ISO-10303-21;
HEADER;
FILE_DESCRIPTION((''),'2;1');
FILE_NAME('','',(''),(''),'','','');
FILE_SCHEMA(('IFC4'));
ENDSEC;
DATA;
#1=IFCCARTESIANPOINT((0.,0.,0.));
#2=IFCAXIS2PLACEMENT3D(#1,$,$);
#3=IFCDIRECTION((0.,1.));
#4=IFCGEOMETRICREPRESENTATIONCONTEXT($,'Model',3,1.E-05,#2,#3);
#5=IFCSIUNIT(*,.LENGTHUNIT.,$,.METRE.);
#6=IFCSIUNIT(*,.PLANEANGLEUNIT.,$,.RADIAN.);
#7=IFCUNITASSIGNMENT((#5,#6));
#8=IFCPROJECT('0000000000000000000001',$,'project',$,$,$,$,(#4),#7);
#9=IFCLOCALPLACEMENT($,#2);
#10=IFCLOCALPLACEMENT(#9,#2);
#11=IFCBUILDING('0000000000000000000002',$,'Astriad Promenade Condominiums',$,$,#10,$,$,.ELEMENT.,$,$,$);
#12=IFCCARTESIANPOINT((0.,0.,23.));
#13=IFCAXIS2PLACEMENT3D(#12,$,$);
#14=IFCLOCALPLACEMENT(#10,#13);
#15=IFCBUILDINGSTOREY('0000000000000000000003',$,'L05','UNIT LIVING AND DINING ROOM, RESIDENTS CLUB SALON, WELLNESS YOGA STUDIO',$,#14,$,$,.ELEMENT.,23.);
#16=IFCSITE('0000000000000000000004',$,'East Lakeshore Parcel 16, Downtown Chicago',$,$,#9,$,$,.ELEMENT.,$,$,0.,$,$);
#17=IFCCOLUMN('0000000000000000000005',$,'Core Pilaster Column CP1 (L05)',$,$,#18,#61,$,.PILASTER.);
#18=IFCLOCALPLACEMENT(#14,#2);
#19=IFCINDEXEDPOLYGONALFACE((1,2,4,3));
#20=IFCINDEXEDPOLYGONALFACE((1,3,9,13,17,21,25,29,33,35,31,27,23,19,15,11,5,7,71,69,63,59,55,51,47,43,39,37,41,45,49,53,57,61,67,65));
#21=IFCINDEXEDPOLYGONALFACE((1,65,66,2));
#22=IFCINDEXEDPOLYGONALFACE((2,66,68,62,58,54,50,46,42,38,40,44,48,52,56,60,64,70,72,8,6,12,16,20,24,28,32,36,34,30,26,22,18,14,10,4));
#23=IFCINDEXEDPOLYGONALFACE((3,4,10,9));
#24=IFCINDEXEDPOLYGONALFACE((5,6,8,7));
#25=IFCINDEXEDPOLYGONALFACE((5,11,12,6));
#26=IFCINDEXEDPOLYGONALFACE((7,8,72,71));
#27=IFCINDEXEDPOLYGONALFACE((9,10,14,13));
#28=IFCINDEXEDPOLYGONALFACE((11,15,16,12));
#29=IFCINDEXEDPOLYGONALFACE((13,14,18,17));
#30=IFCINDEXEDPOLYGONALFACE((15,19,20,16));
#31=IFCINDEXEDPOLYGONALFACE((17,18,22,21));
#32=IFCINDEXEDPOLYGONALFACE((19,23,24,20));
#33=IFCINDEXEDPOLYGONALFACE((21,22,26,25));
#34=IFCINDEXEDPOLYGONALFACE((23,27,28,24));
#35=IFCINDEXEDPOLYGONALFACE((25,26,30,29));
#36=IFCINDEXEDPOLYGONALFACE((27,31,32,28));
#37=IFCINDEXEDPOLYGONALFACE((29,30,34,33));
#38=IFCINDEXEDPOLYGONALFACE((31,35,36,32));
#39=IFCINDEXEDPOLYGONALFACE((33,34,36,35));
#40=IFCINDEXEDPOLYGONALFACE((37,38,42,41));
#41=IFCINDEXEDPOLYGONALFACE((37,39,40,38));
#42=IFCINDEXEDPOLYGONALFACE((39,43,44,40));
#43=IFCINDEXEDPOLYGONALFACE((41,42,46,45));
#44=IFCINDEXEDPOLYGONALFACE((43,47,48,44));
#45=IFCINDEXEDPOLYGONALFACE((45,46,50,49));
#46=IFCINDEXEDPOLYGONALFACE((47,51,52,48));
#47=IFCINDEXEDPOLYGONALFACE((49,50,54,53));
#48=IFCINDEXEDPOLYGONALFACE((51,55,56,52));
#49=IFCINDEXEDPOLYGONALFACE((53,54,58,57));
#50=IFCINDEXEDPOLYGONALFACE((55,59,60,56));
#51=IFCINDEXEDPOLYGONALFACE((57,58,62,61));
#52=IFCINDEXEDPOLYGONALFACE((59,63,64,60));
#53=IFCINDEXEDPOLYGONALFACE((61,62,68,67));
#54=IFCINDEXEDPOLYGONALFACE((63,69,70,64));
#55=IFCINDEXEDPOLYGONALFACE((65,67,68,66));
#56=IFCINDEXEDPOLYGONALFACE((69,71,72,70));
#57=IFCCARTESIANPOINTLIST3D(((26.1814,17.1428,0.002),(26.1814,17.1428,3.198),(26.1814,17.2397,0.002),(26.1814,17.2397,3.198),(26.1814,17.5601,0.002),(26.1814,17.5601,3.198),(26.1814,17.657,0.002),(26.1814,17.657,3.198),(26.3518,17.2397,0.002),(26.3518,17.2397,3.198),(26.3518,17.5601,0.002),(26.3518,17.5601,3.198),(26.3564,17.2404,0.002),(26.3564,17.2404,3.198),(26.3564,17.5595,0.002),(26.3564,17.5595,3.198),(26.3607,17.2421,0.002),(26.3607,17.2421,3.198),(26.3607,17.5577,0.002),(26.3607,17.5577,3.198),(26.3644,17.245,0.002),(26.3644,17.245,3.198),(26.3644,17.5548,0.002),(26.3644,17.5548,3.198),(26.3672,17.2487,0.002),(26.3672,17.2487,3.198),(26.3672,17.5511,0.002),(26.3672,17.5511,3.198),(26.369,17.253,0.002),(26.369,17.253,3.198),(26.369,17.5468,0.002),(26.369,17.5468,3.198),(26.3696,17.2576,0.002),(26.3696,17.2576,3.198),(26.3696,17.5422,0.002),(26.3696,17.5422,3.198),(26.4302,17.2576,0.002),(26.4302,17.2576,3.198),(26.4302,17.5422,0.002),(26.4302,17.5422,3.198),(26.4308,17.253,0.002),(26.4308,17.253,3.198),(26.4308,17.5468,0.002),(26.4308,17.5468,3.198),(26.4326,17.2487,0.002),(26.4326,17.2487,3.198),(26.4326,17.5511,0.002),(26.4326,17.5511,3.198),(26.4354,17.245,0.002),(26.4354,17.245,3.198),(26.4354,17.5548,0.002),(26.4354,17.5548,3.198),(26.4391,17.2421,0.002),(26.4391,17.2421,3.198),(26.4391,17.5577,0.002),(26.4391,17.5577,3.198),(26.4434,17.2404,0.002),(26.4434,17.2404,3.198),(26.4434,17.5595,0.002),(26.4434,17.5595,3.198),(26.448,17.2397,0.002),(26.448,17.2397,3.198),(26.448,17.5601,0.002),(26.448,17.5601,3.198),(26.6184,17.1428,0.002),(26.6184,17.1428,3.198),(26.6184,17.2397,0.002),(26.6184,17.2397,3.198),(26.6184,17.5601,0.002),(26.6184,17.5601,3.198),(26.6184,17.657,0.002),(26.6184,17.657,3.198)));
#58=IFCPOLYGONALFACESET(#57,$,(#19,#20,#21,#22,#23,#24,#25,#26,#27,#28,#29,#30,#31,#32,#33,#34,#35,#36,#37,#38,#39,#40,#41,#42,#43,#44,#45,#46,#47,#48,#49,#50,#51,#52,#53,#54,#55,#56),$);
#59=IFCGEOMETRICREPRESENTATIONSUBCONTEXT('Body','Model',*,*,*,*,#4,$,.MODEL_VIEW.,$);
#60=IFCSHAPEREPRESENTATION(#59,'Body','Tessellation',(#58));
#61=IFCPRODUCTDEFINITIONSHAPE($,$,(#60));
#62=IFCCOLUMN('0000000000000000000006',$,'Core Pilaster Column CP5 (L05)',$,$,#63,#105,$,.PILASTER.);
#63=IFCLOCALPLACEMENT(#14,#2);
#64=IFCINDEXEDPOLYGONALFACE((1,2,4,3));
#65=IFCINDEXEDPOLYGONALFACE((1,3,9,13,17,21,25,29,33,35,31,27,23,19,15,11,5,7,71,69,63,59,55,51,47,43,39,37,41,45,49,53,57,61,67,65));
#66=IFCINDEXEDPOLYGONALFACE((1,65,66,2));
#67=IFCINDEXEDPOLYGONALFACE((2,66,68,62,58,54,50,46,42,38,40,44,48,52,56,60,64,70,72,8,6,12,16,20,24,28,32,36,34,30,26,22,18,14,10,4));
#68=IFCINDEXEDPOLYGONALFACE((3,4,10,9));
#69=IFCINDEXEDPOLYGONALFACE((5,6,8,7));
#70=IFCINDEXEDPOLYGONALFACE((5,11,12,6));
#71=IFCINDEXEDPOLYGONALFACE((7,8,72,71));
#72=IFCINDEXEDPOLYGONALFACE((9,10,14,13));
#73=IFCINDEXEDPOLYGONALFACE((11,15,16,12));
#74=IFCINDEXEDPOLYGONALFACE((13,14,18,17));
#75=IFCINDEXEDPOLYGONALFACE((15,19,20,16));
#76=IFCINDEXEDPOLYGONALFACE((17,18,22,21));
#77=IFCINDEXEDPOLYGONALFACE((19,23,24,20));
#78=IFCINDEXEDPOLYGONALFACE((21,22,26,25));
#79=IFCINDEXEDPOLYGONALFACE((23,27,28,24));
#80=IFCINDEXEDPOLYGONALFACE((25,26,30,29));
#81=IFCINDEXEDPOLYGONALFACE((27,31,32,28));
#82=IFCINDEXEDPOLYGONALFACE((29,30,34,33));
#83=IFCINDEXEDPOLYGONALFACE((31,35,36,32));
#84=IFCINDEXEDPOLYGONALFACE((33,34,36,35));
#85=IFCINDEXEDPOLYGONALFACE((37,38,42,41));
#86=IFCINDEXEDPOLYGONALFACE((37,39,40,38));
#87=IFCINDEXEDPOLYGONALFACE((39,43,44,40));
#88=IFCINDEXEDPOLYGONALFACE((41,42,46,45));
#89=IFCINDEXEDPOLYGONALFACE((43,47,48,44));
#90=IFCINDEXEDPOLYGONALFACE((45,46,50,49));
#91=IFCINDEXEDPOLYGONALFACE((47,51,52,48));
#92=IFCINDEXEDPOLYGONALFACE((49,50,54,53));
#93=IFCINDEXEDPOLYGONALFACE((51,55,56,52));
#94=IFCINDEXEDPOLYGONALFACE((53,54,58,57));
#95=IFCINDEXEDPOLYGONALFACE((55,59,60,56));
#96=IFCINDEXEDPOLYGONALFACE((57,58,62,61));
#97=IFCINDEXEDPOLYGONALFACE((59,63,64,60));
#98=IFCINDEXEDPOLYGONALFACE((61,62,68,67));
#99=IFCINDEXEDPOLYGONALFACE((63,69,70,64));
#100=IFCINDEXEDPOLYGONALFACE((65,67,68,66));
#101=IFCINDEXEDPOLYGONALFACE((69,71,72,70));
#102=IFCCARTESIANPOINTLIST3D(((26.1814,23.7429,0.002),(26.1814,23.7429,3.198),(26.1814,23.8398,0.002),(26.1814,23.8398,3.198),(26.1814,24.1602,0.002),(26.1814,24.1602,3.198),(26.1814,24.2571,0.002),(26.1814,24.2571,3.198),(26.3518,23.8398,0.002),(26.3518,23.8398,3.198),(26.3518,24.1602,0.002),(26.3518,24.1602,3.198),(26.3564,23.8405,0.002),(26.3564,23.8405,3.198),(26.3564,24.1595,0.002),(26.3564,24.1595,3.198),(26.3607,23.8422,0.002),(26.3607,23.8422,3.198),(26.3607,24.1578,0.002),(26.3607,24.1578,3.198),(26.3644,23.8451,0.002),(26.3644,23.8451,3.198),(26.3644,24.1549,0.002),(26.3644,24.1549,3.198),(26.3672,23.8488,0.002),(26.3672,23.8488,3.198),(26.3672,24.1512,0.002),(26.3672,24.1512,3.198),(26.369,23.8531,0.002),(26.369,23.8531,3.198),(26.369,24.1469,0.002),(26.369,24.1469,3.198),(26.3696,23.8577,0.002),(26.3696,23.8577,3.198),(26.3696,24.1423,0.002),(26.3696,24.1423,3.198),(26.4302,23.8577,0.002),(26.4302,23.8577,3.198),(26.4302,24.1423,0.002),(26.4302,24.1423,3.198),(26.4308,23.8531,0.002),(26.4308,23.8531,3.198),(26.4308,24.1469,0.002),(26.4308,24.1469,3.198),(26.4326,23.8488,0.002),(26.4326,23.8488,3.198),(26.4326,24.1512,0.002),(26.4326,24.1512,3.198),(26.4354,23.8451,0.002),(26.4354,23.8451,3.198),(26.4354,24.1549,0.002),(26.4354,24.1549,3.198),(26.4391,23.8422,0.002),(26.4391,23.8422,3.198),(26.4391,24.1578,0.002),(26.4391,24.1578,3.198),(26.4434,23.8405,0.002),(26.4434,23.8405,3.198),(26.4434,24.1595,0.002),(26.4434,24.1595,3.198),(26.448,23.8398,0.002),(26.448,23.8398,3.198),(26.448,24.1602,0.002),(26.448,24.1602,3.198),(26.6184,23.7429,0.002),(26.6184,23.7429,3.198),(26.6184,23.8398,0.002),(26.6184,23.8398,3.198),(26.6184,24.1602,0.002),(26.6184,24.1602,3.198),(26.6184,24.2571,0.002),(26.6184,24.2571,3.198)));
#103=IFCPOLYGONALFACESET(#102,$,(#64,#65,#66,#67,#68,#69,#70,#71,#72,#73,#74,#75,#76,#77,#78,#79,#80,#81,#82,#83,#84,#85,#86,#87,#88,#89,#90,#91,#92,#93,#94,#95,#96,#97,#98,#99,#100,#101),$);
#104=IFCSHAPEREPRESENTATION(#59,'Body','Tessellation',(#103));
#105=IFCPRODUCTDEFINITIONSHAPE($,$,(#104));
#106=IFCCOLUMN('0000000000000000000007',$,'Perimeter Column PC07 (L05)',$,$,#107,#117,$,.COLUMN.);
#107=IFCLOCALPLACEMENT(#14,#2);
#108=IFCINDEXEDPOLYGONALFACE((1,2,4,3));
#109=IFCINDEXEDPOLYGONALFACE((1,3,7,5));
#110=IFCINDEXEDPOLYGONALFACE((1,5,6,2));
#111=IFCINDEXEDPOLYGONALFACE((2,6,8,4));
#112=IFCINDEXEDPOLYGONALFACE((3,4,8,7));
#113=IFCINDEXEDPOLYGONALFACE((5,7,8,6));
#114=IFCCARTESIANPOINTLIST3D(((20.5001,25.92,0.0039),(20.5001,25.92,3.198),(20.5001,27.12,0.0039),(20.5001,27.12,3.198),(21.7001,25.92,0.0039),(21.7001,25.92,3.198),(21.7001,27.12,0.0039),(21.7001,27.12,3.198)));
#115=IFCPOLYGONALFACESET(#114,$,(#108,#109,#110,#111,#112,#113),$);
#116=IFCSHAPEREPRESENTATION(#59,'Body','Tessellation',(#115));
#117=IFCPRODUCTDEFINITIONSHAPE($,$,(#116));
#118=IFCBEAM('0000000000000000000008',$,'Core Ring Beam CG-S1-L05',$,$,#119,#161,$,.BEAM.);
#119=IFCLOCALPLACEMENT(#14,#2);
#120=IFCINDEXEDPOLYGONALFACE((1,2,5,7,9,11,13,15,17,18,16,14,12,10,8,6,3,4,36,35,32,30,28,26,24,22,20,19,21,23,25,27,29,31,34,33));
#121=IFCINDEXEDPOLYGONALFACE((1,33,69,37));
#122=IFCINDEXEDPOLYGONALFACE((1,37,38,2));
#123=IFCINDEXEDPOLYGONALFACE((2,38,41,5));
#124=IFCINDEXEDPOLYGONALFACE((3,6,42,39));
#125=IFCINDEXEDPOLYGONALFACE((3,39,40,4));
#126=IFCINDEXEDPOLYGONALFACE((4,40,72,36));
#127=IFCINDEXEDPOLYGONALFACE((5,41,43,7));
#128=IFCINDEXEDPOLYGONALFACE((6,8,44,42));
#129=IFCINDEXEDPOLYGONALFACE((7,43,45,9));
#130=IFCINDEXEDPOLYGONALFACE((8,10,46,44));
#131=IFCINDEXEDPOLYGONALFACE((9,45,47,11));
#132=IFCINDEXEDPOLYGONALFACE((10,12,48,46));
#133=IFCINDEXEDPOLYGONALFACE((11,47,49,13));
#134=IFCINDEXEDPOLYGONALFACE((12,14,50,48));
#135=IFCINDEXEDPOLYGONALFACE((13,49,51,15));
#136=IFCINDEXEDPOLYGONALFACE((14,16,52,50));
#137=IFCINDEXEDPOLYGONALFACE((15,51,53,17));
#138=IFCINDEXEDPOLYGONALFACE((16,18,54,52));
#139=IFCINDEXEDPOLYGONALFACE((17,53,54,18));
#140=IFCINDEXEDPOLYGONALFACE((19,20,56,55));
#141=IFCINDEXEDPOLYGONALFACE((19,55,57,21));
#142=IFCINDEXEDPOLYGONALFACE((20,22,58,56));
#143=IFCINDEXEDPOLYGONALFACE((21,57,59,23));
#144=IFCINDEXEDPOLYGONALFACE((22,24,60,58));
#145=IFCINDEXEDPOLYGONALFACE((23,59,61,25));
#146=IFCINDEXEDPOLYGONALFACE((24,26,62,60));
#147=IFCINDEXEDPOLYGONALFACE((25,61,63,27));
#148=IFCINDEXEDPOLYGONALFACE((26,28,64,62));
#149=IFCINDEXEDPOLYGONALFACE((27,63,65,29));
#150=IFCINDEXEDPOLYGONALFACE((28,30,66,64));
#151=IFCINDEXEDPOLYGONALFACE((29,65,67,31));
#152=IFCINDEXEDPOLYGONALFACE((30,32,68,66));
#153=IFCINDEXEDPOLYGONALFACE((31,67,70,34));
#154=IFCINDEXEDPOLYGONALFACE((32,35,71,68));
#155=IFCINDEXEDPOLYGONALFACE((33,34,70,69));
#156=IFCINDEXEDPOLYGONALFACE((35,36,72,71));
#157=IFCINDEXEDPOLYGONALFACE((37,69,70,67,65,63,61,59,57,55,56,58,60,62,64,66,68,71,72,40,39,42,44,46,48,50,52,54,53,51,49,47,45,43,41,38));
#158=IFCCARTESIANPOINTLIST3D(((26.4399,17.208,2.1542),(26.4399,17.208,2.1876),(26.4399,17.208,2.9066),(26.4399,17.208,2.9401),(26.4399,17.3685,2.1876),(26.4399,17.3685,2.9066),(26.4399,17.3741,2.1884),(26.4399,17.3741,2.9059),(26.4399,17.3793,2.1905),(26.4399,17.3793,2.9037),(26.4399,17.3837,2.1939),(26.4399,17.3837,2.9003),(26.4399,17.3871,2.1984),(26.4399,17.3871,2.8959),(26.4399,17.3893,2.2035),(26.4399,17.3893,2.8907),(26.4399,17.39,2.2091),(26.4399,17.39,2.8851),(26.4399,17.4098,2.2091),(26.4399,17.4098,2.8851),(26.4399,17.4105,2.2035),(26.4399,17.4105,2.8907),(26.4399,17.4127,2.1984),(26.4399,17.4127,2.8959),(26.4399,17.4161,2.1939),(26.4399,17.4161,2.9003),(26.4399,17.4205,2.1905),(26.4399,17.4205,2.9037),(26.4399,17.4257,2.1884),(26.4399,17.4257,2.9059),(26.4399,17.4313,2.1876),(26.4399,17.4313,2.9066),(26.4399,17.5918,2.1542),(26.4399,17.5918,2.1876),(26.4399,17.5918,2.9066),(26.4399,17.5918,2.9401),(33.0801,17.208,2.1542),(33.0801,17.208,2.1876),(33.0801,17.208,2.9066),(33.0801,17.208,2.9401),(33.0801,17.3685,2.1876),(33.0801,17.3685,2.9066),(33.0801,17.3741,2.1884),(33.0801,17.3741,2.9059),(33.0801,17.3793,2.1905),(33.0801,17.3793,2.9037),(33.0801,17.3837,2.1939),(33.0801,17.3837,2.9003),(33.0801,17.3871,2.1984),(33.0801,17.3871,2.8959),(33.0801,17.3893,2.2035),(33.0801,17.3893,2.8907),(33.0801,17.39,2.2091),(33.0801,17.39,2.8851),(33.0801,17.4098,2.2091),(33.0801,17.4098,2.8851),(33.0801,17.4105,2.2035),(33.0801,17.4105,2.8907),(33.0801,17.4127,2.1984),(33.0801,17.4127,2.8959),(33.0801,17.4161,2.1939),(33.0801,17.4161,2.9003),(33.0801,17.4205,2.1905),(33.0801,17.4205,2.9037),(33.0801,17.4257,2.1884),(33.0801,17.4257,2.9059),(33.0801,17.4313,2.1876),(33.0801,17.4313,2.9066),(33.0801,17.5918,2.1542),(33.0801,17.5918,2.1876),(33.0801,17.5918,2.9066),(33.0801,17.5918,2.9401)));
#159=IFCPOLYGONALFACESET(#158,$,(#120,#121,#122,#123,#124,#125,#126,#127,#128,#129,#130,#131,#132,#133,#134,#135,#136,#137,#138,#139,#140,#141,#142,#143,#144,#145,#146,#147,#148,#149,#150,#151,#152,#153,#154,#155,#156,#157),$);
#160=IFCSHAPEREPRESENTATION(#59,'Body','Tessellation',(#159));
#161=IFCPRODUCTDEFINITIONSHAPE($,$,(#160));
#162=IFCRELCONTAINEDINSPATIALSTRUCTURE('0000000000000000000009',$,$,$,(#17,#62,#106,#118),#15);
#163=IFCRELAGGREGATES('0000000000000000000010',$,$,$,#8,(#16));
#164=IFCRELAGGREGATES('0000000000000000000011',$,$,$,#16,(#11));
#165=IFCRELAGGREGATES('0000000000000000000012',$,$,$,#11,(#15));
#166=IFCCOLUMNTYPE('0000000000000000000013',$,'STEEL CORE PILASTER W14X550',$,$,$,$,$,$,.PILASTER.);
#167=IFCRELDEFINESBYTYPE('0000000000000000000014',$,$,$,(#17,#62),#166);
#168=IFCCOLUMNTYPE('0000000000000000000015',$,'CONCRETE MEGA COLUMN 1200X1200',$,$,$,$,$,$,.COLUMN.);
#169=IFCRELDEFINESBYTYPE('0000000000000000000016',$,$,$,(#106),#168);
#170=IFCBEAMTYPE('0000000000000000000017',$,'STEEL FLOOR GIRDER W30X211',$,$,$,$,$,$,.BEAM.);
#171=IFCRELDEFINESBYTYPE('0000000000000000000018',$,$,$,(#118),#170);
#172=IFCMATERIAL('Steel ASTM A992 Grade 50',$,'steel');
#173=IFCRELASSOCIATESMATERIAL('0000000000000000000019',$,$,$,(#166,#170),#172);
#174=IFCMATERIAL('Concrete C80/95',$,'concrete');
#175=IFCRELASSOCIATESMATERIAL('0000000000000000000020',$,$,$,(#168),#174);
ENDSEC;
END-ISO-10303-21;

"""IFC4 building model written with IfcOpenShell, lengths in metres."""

from ifc_helpers import new_model, si_unit, direction, frame, origin, origin_2d, place, context, subcontext, project, spatial, rectangle, i_section, extrude, source, transform, mapped, material, material_profile, profile_set, type_object, type_shapes, element, save


model = new_model("IFC4")

# Units and contexts
model_context = context("Model", 3, precision=1e-05, world=origin(), true_north=direction((0.0, 1.0)))
body_context = subcontext(model_context, "Body", "Model", "MODEL_VIEW")
ifc_project = project(units=[si_unit("LENGTHUNIT", "METRE"), si_unit("PLANEANGLEUNIT", "RADIAN")], contexts=[model_context])

# Site, building, storey
site_placement = place(None, origin())
site = spatial("IfcSite", under=ifc_project, at=site_placement, Name="East Lakeshore Parcel 16, Downtown Chicago", CompositionType="ELEMENT", RefElevation=0.0)
building_placement = place(site_placement, origin())
building = spatial("IfcBuilding", under=site, at=building_placement, Name="Astriad Promenade Condominiums", CompositionType="ELEMENT")
storey_placement = place(building_placement, frame((0.0, 0.0, 23.0)))
storey = spatial("IfcBuildingStorey", under=building, at=storey_placement, Name="L05", Description="UNIT LIVING AND DINING ROOM, RESIDENTS CLUB SALON, WELLNESS YOGA STUDIO", CompositionType="ELEMENT", Elevation=23.0)

# Columns
ifc_material_1 = material(Name="Steel ASTM A992 Grade 50", Category="steel")
ifc_material_profile_1 = material_profile(ifc_material_1, i_section(OverallWidth=0.437, OverallDepth=0.5142, WebThickness=0.0605, FlangeThickness=0.0969, FilletRadius=0.0178, at=origin_2d()), Name="W14X550")
ifc_profile_set_1 = profile_set([ifc_material_profile_1], Name="Steel ASTM A992 Grade 50")
column_type_1 = type_object("IfcColumnType", Name="STEEL CORE PILASTER W14X550", PredefinedType="PILASTER", material=ifc_profile_set_1)
shared_shape_1 = source(origin(), body_context, "Body", "SweptSolid", [
    extrude(i_section(OverallWidth=0.437, OverallDepth=0.5142, WebThickness=0.0605, FlangeThickness=0.0969, FilletRadius=0.0178, at=origin_2d()), origin(), (0.0, 0.0, 1.0), 3.196),
])
type_shapes(column_type_1, [shared_shape_1])
for number, where, z_axis, x_axis, name in (
    (1, (26.3999, 17.3999, 0.002), (0.0, 0.0, 1.0), (1.0, 0.0, 0.0), "Core Pilaster Column CP1 (L05)"),
    (2, (26.3999, 24.0, 0.002), (0.0, 0.0, 1.0), (1.0, 0.0, 0.0), "Core Pilaster Column CP5 (L05)"),
):
    element("IfcColumn", number, at=place(storey_placement, frame(where, z_axis=z_axis, x_axis=x_axis)), inside=storey, type_object=column_type_1, Name=name, PredefinedType="PILASTER", context=body_context, shape_type="MappedRepresentation", body=[
        mapped(shared_shape_1, transform((0.0, 0.0, 0.0), scale=1.0)),
    ])
ifc_material_2 = material(Name="Concrete C80/95", Category="concrete")
ifc_material_profile_2 = material_profile(ifc_material_2, rectangle(XDim=1.2, YDim=1.2, at=origin_2d()), Name="RC-COL-1200X1200")
ifc_profile_set_2 = profile_set([ifc_material_profile_2], Name="Concrete C80/95")
column_type_2 = type_object("IfcColumnType", Name="CONCRETE MEGA COLUMN 1200X1200", PredefinedType="COLUMN", material=ifc_profile_set_2)
shared_shape_2 = source(origin(), body_context, "Body", "SweptSolid", [
    extrude(rectangle(XDim=1.2, YDim=1.2, at=origin_2d()), origin(), (0.0, 0.0, 1.0), 3.1941),
])
type_shapes(column_type_2, [shared_shape_2])
column_placement = place(storey_placement, frame((21.1001, 26.52, 0.0039), z_axis=(0.0, 0.0, 1.0), x_axis=(1.0, 0.0, 0.0)))
element("IfcColumn", 3, at=column_placement, inside=storey, type_object=column_type_2, Name="Perimeter Column PC07 (L05)", PredefinedType="COLUMN", context=body_context, shape_type="MappedRepresentation", body=[
    mapped(shared_shape_2, transform((0.0, 0.0, 0.0), scale=1.0)),
])

# Beam
ifc_material_profile_3 = material_profile(ifc_material_1, i_section(OverallWidth=0.3838, OverallDepth=0.7859, WebThickness=0.0198, FlangeThickness=0.0334, FilletRadius=0.0215, at=origin_2d()), Name="W30X211")
ifc_profile_set_3 = profile_set([ifc_material_profile_3], Name="Steel ASTM A992 Grade 50")
beam_type_1 = type_object("IfcBeamType", Name="STEEL FLOOR GIRDER W30X211", PredefinedType="BEAM", material=ifc_profile_set_3)
shared_shape_3 = source(origin(), body_context, "Body", "SweptSolid", [
    extrude(i_section(OverallWidth=0.3838, OverallDepth=0.7859, WebThickness=0.0198, FlangeThickness=0.0334, FilletRadius=0.0215, at=origin_2d()), origin(), (0.0, 0.0, 1.0), 6.6401),
])
type_shapes(beam_type_1, [shared_shape_3])
beam_1_placement = place(storey_placement, frame((26.4399, 17.3999, 2.5471), z_axis=(1.0, 0.0, 0.0), x_axis=(0.0, 1.0, 0.0)))
element("IfcBeam", 4, at=beam_1_placement, inside=storey, type_object=beam_type_1, Name="Core Ring Beam CG-S1-L05", PredefinedType="BEAM", context=body_context, shape_type="MappedRepresentation", body=[
    mapped(shared_shape_3, transform((0.0, 0.0, 0.0), scale=1.0)),
])

save(model, "model.ifc")
